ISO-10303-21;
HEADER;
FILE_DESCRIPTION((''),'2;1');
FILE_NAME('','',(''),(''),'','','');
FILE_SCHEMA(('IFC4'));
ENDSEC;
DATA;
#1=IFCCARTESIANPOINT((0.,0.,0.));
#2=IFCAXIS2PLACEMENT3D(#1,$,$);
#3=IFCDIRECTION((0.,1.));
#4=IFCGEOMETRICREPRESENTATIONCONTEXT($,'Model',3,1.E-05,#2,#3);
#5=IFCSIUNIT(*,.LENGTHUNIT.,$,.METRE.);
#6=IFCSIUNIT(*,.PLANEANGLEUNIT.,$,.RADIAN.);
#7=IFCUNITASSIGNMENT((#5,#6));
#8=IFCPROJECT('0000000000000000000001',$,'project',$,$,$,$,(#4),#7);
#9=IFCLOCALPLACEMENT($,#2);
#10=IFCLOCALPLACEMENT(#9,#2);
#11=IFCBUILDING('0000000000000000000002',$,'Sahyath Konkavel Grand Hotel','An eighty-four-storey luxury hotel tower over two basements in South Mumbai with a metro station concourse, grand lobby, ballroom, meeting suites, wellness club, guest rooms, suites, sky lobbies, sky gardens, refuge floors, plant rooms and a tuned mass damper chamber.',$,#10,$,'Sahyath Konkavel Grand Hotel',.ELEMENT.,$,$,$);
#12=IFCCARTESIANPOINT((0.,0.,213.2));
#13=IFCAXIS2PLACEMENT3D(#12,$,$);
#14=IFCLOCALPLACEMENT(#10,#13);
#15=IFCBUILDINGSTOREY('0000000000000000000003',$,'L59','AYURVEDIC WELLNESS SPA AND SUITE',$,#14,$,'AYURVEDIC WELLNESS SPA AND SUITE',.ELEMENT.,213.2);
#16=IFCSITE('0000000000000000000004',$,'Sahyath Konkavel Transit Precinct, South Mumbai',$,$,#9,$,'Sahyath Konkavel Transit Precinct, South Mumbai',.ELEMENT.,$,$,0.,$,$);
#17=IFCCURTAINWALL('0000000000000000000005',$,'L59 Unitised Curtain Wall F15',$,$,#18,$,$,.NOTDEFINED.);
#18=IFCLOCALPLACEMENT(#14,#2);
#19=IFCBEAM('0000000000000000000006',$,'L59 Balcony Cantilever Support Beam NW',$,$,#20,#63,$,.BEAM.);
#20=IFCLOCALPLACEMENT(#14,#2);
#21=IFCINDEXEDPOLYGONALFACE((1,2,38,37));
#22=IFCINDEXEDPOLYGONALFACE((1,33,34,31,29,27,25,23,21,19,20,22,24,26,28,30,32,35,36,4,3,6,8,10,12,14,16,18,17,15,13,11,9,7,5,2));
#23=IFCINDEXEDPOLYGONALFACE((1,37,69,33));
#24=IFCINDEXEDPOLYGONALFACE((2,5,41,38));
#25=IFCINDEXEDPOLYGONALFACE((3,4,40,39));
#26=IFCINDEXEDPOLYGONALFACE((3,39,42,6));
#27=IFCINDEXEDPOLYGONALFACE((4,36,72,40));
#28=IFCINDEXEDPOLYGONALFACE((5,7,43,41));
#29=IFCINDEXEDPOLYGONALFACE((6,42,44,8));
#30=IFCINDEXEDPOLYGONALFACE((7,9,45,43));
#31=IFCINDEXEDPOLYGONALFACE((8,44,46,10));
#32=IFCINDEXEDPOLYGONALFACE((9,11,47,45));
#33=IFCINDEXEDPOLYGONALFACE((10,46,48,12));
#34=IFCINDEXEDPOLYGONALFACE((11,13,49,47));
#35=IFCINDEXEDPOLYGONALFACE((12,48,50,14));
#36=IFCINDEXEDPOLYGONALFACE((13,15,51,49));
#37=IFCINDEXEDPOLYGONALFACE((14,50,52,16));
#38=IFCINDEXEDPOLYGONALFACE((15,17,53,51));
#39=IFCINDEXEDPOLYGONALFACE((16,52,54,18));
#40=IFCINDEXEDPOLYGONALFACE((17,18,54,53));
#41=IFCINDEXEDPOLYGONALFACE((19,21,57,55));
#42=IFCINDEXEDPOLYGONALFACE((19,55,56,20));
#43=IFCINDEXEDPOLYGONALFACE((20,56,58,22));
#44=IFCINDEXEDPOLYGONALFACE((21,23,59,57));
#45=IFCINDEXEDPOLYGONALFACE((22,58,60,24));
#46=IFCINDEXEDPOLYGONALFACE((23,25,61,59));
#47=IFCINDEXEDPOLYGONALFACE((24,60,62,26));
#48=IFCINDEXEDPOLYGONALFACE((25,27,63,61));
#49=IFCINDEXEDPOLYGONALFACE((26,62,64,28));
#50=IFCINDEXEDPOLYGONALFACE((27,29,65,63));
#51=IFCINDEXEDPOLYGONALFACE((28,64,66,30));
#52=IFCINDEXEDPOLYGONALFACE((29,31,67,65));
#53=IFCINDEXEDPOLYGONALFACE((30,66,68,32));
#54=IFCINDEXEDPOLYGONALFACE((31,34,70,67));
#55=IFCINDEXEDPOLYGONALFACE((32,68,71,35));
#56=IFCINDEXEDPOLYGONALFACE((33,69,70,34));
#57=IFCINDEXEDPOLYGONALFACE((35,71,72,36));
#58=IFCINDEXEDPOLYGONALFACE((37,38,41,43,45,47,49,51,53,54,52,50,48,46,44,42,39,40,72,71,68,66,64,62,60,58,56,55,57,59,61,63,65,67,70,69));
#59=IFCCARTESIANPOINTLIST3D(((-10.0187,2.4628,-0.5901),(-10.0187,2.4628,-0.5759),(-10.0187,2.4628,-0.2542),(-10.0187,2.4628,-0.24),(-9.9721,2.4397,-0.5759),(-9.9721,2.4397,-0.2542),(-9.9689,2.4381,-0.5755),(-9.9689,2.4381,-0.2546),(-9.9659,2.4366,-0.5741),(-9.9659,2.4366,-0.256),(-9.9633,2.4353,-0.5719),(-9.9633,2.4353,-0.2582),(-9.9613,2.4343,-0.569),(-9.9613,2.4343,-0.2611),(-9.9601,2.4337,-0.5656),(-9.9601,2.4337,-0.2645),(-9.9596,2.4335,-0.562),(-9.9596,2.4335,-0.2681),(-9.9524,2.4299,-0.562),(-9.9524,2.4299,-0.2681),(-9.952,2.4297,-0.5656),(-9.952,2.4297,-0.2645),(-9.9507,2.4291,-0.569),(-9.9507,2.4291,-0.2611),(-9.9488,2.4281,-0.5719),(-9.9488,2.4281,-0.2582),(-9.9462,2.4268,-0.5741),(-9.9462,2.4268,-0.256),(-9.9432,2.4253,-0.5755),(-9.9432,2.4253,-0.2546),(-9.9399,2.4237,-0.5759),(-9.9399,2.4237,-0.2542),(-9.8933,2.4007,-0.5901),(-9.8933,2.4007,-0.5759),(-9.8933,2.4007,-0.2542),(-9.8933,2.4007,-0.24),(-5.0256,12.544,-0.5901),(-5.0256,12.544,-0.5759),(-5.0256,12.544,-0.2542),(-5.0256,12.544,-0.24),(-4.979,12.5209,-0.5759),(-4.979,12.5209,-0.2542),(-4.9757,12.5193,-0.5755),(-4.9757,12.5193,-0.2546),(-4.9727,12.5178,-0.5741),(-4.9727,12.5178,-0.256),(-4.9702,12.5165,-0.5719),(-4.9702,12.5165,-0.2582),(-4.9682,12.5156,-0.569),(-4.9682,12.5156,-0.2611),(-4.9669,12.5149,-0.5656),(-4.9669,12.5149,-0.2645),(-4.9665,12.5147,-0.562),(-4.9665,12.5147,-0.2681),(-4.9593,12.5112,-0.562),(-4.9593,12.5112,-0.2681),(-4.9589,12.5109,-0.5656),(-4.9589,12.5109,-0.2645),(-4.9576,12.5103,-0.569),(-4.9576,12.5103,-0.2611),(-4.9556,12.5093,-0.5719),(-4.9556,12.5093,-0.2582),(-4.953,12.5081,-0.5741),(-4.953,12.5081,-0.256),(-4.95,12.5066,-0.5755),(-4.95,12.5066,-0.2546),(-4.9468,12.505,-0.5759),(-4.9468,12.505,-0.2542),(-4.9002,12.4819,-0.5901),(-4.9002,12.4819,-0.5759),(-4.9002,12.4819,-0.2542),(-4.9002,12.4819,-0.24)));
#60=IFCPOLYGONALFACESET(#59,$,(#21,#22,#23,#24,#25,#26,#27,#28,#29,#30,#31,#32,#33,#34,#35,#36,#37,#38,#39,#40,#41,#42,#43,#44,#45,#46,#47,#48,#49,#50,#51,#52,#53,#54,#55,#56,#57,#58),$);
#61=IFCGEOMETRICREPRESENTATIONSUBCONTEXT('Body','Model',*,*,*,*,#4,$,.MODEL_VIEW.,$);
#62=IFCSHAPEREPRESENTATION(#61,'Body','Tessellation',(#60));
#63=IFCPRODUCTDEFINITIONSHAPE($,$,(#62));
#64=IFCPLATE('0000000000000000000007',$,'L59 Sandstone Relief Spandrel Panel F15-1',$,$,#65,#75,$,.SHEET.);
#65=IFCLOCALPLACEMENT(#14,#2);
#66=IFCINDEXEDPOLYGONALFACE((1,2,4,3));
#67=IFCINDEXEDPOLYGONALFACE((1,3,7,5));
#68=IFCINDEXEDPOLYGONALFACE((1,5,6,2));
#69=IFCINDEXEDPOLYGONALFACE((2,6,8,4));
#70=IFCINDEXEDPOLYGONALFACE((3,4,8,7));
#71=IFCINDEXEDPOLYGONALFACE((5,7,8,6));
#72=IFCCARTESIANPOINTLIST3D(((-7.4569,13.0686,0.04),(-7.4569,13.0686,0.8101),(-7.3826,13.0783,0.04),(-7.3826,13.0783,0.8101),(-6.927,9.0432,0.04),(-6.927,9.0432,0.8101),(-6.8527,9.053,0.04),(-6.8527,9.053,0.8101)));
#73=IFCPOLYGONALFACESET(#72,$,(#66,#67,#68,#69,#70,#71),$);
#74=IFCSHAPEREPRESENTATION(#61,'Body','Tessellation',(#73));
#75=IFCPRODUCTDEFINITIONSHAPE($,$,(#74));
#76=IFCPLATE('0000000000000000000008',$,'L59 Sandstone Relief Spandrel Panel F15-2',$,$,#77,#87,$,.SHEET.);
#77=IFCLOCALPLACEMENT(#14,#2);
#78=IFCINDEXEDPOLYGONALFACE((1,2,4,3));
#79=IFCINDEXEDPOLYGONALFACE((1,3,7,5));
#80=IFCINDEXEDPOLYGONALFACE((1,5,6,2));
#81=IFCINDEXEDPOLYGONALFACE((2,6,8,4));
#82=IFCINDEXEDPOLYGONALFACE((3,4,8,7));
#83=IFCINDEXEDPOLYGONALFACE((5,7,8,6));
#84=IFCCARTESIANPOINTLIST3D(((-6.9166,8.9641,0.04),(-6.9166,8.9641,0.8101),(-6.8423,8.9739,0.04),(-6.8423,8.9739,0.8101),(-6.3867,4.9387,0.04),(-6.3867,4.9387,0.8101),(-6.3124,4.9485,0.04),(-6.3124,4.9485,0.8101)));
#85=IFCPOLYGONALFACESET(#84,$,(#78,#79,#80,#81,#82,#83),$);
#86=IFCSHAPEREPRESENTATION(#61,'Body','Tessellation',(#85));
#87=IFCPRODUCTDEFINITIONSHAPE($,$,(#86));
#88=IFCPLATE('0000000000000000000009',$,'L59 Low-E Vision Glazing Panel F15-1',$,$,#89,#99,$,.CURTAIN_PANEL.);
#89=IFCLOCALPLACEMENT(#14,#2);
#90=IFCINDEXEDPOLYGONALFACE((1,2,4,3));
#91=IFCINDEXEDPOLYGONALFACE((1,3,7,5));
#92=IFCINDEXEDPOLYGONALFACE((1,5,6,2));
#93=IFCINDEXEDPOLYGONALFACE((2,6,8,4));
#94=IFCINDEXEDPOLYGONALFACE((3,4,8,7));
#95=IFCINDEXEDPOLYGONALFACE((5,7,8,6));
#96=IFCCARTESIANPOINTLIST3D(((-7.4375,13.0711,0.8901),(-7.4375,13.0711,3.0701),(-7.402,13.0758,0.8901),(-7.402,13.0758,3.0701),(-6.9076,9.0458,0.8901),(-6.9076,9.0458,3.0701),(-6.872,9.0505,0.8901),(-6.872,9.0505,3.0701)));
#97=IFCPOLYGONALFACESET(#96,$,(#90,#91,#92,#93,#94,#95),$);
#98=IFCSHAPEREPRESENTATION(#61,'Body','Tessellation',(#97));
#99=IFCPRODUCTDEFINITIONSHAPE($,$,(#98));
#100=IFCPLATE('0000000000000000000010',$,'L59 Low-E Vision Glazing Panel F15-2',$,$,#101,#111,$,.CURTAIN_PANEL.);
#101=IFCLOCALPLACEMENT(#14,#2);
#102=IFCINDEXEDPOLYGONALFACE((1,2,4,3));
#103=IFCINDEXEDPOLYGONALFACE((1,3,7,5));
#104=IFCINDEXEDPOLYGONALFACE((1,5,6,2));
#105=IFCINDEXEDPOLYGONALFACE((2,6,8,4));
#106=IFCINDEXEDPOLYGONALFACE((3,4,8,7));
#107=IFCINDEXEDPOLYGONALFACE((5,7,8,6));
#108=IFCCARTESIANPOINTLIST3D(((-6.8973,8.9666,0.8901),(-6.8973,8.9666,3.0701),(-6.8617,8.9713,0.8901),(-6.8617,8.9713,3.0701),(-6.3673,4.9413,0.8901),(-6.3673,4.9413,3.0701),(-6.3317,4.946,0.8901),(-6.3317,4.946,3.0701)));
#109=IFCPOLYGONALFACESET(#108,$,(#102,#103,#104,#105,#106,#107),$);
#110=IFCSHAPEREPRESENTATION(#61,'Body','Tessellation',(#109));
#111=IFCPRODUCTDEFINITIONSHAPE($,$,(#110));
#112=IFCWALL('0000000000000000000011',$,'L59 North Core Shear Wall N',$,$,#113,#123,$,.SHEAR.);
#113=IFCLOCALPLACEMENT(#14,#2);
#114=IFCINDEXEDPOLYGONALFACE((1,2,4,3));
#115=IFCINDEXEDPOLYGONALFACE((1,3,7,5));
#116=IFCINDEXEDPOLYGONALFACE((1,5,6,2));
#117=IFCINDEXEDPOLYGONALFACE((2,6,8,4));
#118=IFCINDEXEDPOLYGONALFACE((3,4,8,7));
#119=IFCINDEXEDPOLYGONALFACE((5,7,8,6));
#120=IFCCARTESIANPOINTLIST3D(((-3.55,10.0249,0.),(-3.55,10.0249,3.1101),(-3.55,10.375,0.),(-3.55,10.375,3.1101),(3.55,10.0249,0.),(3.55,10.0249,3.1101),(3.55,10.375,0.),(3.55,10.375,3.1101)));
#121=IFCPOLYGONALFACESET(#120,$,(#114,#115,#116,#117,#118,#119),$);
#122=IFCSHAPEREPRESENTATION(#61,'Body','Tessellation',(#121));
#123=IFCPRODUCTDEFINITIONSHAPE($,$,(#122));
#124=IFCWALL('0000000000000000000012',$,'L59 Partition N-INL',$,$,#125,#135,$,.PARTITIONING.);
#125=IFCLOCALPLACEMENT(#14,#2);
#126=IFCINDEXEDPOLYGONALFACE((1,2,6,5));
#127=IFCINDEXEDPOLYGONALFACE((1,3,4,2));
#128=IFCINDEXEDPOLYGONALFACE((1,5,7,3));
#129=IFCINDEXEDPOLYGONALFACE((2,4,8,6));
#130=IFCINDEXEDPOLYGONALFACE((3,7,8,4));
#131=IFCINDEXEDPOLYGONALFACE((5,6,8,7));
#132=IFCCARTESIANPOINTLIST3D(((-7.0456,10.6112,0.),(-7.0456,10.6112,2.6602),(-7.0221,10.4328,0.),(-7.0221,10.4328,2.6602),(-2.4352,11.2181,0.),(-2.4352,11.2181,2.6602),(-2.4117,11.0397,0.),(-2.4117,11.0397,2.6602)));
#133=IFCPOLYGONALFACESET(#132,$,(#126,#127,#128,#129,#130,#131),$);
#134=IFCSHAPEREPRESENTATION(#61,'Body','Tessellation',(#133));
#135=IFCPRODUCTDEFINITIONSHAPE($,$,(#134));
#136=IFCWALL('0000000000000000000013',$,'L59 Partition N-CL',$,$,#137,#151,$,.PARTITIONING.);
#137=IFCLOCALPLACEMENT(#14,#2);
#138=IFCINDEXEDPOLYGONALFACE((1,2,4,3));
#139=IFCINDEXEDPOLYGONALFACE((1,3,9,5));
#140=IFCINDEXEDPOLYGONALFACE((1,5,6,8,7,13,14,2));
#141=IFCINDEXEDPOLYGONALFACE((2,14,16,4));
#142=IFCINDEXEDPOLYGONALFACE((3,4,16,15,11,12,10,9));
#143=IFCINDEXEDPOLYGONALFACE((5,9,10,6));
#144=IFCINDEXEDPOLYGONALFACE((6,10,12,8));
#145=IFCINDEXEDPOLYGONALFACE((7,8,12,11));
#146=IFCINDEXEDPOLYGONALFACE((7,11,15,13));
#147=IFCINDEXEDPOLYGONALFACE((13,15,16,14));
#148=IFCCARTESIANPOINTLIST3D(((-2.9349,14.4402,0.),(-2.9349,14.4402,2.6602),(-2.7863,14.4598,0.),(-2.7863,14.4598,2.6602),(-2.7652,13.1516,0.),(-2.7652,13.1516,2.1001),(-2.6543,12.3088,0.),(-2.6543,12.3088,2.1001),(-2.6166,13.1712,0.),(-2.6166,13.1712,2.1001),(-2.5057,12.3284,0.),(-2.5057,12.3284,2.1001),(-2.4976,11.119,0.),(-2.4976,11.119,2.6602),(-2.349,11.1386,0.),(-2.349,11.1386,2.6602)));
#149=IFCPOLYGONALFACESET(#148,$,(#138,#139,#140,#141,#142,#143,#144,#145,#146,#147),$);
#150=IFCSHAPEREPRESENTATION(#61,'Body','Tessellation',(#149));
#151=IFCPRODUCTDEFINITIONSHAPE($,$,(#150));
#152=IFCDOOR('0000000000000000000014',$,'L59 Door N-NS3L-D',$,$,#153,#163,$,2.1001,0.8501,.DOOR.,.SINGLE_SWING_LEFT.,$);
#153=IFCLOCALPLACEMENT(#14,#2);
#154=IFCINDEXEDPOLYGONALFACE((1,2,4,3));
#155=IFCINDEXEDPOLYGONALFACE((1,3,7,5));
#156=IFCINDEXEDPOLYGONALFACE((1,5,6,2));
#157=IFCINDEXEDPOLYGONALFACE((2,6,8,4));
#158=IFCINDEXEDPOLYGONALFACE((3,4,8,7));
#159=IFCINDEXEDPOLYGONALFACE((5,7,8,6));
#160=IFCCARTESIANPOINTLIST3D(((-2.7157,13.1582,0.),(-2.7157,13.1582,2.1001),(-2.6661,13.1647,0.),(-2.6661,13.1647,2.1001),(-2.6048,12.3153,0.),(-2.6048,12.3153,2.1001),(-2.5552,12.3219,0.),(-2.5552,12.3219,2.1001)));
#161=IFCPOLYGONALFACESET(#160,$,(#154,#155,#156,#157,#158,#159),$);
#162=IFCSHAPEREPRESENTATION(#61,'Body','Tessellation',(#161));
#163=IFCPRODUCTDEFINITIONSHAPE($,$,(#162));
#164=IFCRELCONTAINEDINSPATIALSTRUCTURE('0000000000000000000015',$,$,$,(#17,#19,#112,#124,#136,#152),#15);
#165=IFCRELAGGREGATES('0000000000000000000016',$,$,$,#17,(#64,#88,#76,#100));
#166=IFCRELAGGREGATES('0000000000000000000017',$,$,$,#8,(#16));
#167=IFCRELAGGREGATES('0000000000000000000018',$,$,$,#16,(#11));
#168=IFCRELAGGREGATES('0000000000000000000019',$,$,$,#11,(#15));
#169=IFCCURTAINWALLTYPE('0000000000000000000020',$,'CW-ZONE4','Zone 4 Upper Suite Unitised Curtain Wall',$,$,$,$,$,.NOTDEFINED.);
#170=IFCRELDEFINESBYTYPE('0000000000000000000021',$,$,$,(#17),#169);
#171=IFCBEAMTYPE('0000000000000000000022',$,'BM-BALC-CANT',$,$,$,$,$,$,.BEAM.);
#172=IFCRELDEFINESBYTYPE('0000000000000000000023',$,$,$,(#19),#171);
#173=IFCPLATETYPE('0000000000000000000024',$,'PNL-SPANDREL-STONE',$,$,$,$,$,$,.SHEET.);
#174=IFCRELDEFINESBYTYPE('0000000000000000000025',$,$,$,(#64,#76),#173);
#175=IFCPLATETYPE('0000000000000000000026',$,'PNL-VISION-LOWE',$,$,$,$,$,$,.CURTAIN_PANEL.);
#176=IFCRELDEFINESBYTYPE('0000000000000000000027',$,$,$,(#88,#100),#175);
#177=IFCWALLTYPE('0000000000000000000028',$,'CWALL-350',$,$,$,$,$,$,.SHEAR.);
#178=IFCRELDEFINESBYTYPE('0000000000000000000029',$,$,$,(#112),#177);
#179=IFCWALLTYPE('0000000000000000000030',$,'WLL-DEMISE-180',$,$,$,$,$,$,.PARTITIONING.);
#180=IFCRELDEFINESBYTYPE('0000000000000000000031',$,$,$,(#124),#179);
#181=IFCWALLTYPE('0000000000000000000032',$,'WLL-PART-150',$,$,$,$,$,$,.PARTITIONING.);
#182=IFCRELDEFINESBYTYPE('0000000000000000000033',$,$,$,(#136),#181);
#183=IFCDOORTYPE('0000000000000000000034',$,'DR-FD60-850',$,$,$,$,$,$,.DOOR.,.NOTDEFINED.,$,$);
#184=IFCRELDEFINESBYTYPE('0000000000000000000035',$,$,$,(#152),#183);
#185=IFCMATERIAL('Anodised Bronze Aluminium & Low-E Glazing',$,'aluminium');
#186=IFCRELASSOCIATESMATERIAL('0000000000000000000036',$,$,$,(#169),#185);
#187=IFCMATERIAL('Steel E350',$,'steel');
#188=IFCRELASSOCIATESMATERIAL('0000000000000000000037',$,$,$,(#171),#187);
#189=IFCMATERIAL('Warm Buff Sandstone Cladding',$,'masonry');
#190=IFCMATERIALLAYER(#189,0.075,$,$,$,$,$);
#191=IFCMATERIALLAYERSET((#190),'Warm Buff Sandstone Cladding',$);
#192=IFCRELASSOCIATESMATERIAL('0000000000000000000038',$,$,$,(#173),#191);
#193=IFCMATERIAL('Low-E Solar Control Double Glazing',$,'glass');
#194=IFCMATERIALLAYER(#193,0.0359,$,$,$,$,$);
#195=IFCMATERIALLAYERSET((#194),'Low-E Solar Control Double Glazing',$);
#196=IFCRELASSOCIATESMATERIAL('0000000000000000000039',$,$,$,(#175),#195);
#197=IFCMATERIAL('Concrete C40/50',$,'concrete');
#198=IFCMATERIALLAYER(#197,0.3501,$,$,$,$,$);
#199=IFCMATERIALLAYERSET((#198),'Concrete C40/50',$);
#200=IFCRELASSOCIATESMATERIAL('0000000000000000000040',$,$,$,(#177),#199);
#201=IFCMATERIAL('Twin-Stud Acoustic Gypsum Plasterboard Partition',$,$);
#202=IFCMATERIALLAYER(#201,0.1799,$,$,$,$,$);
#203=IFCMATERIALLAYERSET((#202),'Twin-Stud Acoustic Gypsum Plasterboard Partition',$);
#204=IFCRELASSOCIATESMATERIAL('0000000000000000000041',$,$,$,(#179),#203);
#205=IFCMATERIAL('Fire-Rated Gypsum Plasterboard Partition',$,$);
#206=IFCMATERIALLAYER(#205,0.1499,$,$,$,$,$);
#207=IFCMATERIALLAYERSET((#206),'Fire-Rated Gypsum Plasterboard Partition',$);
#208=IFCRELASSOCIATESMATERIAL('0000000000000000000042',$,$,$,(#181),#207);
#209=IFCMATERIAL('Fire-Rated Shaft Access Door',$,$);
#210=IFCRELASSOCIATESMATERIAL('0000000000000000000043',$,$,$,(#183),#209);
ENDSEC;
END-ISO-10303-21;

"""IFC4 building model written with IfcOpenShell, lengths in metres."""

from ifc_helpers import new_model, si_unit, direction, frame, frame_2d, origin, origin_2d, place, context, subcontext, project, spatial, rectangle, i_section, extrude, source, transform, mapped, material, layer, layer_set, material_profile, profile_set, type_object, element, fill, aggregate, save


model = new_model("IFC4")

# Units and contexts
model_context = context("Model", 3, precision=1e-05, world=origin(), true_north=direction((0.0, 1.0)))
body_context = subcontext(model_context, "Body", "Model", "MODEL_VIEW")
ifc_project = project(units=[si_unit("LENGTHUNIT", "METRE"), si_unit("PLANEANGLEUNIT", "RADIAN")], contexts=[model_context])

# Site, building, storey
site_placement = place(None, origin())
site = spatial("IfcSite", under=ifc_project, at=site_placement, Name="Sahyath Konkavel Transit Precinct, South Mumbai", LongName="Sahyath Konkavel Transit Precinct, South Mumbai", CompositionType="ELEMENT", RefElevation=0.0)
building_placement = place(site_placement, origin())
building = spatial("IfcBuilding", under=site, at=building_placement, Name="Sahyath Konkavel Grand Hotel", Description="An eighty-four-storey luxury hotel tower over two basements in South Mumbai with a metro station concourse, grand lobby, ballroom, meeting suites, wellness club, guest rooms, suites, sky lobbies, sky gardens, refuge floors, plant rooms and a tuned mass damper chamber.", LongName="Sahyath Konkavel Grand Hotel", CompositionType="ELEMENT")
storey_placement = place(building_placement, frame((0.0, 0.0, 213.2)))
storey = spatial("IfcBuildingStorey", under=building, at=storey_placement, Name="L59", Description="AYURVEDIC WELLNESS SPA AND SUITE", LongName="AYURVEDIC WELLNESS SPA AND SUITE", CompositionType="ELEMENT", Elevation=213.2)

# Shared definitions
ifc_material_1 = material(Name="Steel E350", Category="steel")

# Curtain wall
ifc_material_2 = material(Name="Anodised Bronze Aluminium & Low-E Glazing", Category="aluminium")
curtain_wall_type = type_object("IfcCurtainWallType", Name="CW-ZONE4", Description="Zone 4 Upper Suite Unitised Curtain Wall", PredefinedType="NOTDEFINED", material=ifc_material_2)
curtain_wall_placement = place(storey_placement, origin())
curtain_wall = element("IfcCurtainWall", 1, at=curtain_wall_placement, inside=storey, type_object=curtain_wall_type, Name="L59 Unitised Curtain Wall F15", PredefinedType="NOTDEFINED")

# Beam
ifc_material_profile_1 = material_profile(ifc_material_1, i_section(OverallWidth=0.1399, OverallDepth=0.3501, WebThickness=0.0081, FlangeThickness=0.0142, FilletRadius=0.0139, at=origin_2d()), Name="ISMB 350")
ifc_profile_set_1 = profile_set([ifc_material_profile_1], Name="Steel E350")
beam_type_1 = type_object("IfcBeamType", Name="BM-BALC-CANT", PredefinedType="BEAM", material=ifc_profile_set_1)
shared_shape_1 = source(origin(), body_context, "Body", "SweptSolid", [
    extrude(i_section(OverallWidth=0.1399, OverallDepth=0.3501, WebThickness=0.0081, FlangeThickness=0.0142, FilletRadius=0.0139, at=origin_2d()), origin(), (0.0, 0.0, 1.0), 11.25),
])
beam_1_placement = place(storey_placement, frame((-4.9629, 12.5129, -0.415), z_axis=(-0.443834, -0.896109, 0.0), x_axis=(0.896109, -0.443834, 0.0)))
element("IfcBeam", 2, at=beam_1_placement, inside=storey, type_object=beam_type_1, Name="L59 Balcony Cantilever Support Beam NW", PredefinedType="BEAM", context=body_context, shape_type="MappedRepresentation", body=[
    mapped(shared_shape_1, transform((0.0, 0.0, 0.0), scale=1.0)),
])

# Plates
ifc_material_3 = material(Name="Warm Buff Sandstone Cladding", Category="masonry")
ifc_layer_1 = layer(ifc_material_3, 0.075)
ifc_layer_set_1 = layer_set([ifc_layer_1], Name="Warm Buff Sandstone Cladding")
plate_type_1 = type_object("IfcPlateType", Name="PNL-SPANDREL-STONE", PredefinedType="SHEET", material=ifc_layer_set_1)
shared_shape_2 = source(origin(), body_context, "Body", "SweptSolid", [
    extrude(rectangle(XDim=4.0601, YDim=0.075, at=origin_2d()), origin(), (0.0, 0.0, 1.0), 0.77),
])
plate_1_placement = place(storey_placement, frame((-7.1548, 11.0608, 0.04), z_axis=(0.0, 0.0, 1.0), x_axis=(0.130526, -0.991445, 0.0)))
plate_1 = element("IfcPlate", 3, at=plate_1_placement, type_object=plate_type_1, Name="L59 Sandstone Relief Spandrel Panel F15-1", PredefinedType="SHEET", context=body_context, shape_type="MappedRepresentation", body=[
    mapped(shared_shape_2, transform((0.0, 0.0, 0.0), scale=1.0)),
])
plate_2_placement = place(storey_placement, frame((-6.6145, 6.9563, 0.04), z_axis=(0.0, 0.0, 1.0), x_axis=(0.130526, -0.991445, 0.0)))
plate_2 = element("IfcPlate", 4, at=plate_2_placement, type_object=plate_type_1, Name="L59 Sandstone Relief Spandrel Panel F15-2", PredefinedType="SHEET", context=body_context, shape_type="MappedRepresentation", body=[
    mapped(shared_shape_2, transform((0.0, 0.0, 0.0), scale=1.0)),
])
ifc_material_4 = material(Name="Low-E Solar Control Double Glazing", Category="glass")
ifc_layer_2 = layer(ifc_material_4, 0.0359)
ifc_layer_set_2 = layer_set([ifc_layer_2], Name="Low-E Solar Control Double Glazing")
plate_type_2 = type_object("IfcPlateType", Name="PNL-VISION-LOWE", PredefinedType="CURTAIN_PANEL", material=ifc_layer_set_2)
shared_shape_3 = source(origin(), body_context, "Body", "SweptSolid", [
    extrude(rectangle(XDim=4.0601, YDim=0.0359, at=origin_2d()), origin(), (0.0, 0.0, 1.0), 2.1799),
])
plate_3_placement = place(storey_placement, frame((-7.1548, 11.0608, 0.8901), z_axis=(0.0, 0.0, 1.0), x_axis=(0.130526, -0.991445, 0.0)))
plate_3 = element("IfcPlate", 5, at=plate_3_placement, type_object=plate_type_2, Name="L59 Low-E Vision Glazing Panel F15-1", PredefinedType="CURTAIN_PANEL", context=body_context, shape_type="MappedRepresentation", body=[
    mapped(shared_shape_3, transform((0.0, 0.0, 0.0), scale=1.0)),
])
plate_4_placement = place(storey_placement, frame((-6.6145, 6.9563, 0.8901), z_axis=(0.0, 0.0, 1.0), x_axis=(0.130526, -0.991445, 0.0)))
plate_4 = element("IfcPlate", 6, at=plate_4_placement, type_object=plate_type_2, Name="L59 Low-E Vision Glazing Panel F15-2", PredefinedType="CURTAIN_PANEL", context=body_context, shape_type="MappedRepresentation", body=[
    mapped(shared_shape_3, transform((0.0, 0.0, 0.0), scale=1.0)),
])
aggregate(curtain_wall, [plate_1, plate_3, plate_2, plate_4])

# Walls
ifc_material_5 = material(Name="Concrete C40/50", Category="concrete")
ifc_layer_3 = layer(ifc_material_5, 0.3501)
ifc_layer_set_3 = layer_set([ifc_layer_3], Name="Concrete C40/50")
wall_type_1 = type_object("IfcWallType", Name="CWALL-350", PredefinedType="SHEAR", material=ifc_layer_set_3)
wall_1_placement = place(storey_placement, frame((-3.55, 10.2, 0.0), z_axis=(0.0, 0.0, 1.0), x_axis=(1.0, 0.0, 0.0)))
element("IfcWall", 7, at=wall_1_placement, inside=storey, type_object=wall_type_1, Name="L59 North Core Shear Wall N", PredefinedType="SHEAR", context=body_context, shape_type="SweptSolid", body=[
    extrude(rectangle(XDim=7.1001, YDim=0.3501, at=frame_2d((3.55, 0.0))), origin(), (0.0, 0.0, 1.0), 3.1101),
])
ifc_material_6 = material(Name="Twin-Stud Acoustic Gypsum Plasterboard Partition")
ifc_layer_4 = layer(ifc_material_6, 0.1799)
ifc_layer_set_4 = layer_set([ifc_layer_4], Name="Twin-Stud Acoustic Gypsum Plasterboard Partition")
wall_type_2 = type_object("IfcWallType", Name="WLL-DEMISE-180", PredefinedType="PARTITIONING", material=ifc_layer_set_4)
wall_2_placement = place(storey_placement, frame((-2.4233, 11.1289, 0.0), z_axis=(0.0, 0.0, 1.0), x_axis=(-0.991446, -0.13052, 0.0)))
element("IfcWall", 8, at=wall_2_placement, inside=storey, type_object=wall_type_2, Name="L59 Partition N-INL", PredefinedType="PARTITIONING", context=body_context, shape_type="SweptSolid", body=[
    extrude(rectangle(XDim=4.6501, YDim=0.1799, at=frame_2d((2.3252, 0.0))), origin(), (0.0, 0.0, 1.0), 2.6602),
])

# Wall, opening, door
ifc_material_7 = material(Name="Fire-Rated Gypsum Plasterboard Partition")
ifc_layer_5 = layer(ifc_material_7, 0.1499)
ifc_layer_set_5 = layer_set([ifc_layer_5], Name="Fire-Rated Gypsum Plasterboard Partition")
wall_type_3 = type_object("IfcWallType", Name="WLL-PART-150", PredefinedType="PARTITIONING", material=ifc_layer_set_5)
wall_3_placement = place(storey_placement, frame((-2.4233, 11.1289, 0.0), z_axis=(0.0, 0.0, 1.0), x_axis=(-0.130526, 0.991445, 0.0)))
wall_3 = element("IfcWall", 9, at=wall_3_placement, inside=storey, type_object=wall_type_3, Name="L59 Partition N-CL", PredefinedType="PARTITIONING", context=body_context, shape_type="SweptSolid", body=[
    extrude(rectangle(XDim=3.3499, YDim=0.1499, at=frame_2d((1.6748, 0.0))), origin(), (0.0, 0.0, 1.0), 2.6602),
])
opening_1_placement = place(wall_3_placement, frame((1.2, 0.0, 0.0)))
opening_1 = element("IfcOpeningElement", 10, at=opening_1_placement, cuts=wall_3, PredefinedType="OPENING", context=body_context, shape_type="SweptSolid", body=[
    extrude(rectangle(XDim=0.8501, YDim=2.1001, at=frame_2d((0.425, 1.05))), frame((0.0, 0.085, 0.0), z_axis=(0.0, -1.0, 0.0), x_axis=(1.0, 0.0, 0.0)), (0.0, 0.0, 1.0), 0.1699),
])
ifc_material_8 = material(Name="Fire-Rated Shaft Access Door")
door_type = type_object("IfcDoorType", Name="DR-FD60-850", OperationType="NOTDEFINED", PredefinedType="DOOR", material=ifc_material_8)
shared_shape_4 = source(origin(), body_context, "Body", "SweptSolid", [
    extrude(rectangle(XDim=0.8501, YDim=0.05, at=origin_2d()), origin(), (0.0, 0.0, 1.0), 2.1001),
])
door_1_placement = place(opening_1_placement, frame((0.425, 0.0, 0.0)))
door_1 = element("IfcDoor", 11, at=door_1_placement, inside=storey, type_object=door_type, Name="L59 Door N-NS3L-D", OperationType="SINGLE_SWING_LEFT", OverallHeight=2.1001, OverallWidth=0.8501, PredefinedType="DOOR", context=body_context, shape_type="MappedRepresentation", body=[
    mapped(shared_shape_4, transform((0.0, 0.0, 0.0), scale=1.0)),
])
fill(opening_1, door_1)

save(model, "model.ifc")
